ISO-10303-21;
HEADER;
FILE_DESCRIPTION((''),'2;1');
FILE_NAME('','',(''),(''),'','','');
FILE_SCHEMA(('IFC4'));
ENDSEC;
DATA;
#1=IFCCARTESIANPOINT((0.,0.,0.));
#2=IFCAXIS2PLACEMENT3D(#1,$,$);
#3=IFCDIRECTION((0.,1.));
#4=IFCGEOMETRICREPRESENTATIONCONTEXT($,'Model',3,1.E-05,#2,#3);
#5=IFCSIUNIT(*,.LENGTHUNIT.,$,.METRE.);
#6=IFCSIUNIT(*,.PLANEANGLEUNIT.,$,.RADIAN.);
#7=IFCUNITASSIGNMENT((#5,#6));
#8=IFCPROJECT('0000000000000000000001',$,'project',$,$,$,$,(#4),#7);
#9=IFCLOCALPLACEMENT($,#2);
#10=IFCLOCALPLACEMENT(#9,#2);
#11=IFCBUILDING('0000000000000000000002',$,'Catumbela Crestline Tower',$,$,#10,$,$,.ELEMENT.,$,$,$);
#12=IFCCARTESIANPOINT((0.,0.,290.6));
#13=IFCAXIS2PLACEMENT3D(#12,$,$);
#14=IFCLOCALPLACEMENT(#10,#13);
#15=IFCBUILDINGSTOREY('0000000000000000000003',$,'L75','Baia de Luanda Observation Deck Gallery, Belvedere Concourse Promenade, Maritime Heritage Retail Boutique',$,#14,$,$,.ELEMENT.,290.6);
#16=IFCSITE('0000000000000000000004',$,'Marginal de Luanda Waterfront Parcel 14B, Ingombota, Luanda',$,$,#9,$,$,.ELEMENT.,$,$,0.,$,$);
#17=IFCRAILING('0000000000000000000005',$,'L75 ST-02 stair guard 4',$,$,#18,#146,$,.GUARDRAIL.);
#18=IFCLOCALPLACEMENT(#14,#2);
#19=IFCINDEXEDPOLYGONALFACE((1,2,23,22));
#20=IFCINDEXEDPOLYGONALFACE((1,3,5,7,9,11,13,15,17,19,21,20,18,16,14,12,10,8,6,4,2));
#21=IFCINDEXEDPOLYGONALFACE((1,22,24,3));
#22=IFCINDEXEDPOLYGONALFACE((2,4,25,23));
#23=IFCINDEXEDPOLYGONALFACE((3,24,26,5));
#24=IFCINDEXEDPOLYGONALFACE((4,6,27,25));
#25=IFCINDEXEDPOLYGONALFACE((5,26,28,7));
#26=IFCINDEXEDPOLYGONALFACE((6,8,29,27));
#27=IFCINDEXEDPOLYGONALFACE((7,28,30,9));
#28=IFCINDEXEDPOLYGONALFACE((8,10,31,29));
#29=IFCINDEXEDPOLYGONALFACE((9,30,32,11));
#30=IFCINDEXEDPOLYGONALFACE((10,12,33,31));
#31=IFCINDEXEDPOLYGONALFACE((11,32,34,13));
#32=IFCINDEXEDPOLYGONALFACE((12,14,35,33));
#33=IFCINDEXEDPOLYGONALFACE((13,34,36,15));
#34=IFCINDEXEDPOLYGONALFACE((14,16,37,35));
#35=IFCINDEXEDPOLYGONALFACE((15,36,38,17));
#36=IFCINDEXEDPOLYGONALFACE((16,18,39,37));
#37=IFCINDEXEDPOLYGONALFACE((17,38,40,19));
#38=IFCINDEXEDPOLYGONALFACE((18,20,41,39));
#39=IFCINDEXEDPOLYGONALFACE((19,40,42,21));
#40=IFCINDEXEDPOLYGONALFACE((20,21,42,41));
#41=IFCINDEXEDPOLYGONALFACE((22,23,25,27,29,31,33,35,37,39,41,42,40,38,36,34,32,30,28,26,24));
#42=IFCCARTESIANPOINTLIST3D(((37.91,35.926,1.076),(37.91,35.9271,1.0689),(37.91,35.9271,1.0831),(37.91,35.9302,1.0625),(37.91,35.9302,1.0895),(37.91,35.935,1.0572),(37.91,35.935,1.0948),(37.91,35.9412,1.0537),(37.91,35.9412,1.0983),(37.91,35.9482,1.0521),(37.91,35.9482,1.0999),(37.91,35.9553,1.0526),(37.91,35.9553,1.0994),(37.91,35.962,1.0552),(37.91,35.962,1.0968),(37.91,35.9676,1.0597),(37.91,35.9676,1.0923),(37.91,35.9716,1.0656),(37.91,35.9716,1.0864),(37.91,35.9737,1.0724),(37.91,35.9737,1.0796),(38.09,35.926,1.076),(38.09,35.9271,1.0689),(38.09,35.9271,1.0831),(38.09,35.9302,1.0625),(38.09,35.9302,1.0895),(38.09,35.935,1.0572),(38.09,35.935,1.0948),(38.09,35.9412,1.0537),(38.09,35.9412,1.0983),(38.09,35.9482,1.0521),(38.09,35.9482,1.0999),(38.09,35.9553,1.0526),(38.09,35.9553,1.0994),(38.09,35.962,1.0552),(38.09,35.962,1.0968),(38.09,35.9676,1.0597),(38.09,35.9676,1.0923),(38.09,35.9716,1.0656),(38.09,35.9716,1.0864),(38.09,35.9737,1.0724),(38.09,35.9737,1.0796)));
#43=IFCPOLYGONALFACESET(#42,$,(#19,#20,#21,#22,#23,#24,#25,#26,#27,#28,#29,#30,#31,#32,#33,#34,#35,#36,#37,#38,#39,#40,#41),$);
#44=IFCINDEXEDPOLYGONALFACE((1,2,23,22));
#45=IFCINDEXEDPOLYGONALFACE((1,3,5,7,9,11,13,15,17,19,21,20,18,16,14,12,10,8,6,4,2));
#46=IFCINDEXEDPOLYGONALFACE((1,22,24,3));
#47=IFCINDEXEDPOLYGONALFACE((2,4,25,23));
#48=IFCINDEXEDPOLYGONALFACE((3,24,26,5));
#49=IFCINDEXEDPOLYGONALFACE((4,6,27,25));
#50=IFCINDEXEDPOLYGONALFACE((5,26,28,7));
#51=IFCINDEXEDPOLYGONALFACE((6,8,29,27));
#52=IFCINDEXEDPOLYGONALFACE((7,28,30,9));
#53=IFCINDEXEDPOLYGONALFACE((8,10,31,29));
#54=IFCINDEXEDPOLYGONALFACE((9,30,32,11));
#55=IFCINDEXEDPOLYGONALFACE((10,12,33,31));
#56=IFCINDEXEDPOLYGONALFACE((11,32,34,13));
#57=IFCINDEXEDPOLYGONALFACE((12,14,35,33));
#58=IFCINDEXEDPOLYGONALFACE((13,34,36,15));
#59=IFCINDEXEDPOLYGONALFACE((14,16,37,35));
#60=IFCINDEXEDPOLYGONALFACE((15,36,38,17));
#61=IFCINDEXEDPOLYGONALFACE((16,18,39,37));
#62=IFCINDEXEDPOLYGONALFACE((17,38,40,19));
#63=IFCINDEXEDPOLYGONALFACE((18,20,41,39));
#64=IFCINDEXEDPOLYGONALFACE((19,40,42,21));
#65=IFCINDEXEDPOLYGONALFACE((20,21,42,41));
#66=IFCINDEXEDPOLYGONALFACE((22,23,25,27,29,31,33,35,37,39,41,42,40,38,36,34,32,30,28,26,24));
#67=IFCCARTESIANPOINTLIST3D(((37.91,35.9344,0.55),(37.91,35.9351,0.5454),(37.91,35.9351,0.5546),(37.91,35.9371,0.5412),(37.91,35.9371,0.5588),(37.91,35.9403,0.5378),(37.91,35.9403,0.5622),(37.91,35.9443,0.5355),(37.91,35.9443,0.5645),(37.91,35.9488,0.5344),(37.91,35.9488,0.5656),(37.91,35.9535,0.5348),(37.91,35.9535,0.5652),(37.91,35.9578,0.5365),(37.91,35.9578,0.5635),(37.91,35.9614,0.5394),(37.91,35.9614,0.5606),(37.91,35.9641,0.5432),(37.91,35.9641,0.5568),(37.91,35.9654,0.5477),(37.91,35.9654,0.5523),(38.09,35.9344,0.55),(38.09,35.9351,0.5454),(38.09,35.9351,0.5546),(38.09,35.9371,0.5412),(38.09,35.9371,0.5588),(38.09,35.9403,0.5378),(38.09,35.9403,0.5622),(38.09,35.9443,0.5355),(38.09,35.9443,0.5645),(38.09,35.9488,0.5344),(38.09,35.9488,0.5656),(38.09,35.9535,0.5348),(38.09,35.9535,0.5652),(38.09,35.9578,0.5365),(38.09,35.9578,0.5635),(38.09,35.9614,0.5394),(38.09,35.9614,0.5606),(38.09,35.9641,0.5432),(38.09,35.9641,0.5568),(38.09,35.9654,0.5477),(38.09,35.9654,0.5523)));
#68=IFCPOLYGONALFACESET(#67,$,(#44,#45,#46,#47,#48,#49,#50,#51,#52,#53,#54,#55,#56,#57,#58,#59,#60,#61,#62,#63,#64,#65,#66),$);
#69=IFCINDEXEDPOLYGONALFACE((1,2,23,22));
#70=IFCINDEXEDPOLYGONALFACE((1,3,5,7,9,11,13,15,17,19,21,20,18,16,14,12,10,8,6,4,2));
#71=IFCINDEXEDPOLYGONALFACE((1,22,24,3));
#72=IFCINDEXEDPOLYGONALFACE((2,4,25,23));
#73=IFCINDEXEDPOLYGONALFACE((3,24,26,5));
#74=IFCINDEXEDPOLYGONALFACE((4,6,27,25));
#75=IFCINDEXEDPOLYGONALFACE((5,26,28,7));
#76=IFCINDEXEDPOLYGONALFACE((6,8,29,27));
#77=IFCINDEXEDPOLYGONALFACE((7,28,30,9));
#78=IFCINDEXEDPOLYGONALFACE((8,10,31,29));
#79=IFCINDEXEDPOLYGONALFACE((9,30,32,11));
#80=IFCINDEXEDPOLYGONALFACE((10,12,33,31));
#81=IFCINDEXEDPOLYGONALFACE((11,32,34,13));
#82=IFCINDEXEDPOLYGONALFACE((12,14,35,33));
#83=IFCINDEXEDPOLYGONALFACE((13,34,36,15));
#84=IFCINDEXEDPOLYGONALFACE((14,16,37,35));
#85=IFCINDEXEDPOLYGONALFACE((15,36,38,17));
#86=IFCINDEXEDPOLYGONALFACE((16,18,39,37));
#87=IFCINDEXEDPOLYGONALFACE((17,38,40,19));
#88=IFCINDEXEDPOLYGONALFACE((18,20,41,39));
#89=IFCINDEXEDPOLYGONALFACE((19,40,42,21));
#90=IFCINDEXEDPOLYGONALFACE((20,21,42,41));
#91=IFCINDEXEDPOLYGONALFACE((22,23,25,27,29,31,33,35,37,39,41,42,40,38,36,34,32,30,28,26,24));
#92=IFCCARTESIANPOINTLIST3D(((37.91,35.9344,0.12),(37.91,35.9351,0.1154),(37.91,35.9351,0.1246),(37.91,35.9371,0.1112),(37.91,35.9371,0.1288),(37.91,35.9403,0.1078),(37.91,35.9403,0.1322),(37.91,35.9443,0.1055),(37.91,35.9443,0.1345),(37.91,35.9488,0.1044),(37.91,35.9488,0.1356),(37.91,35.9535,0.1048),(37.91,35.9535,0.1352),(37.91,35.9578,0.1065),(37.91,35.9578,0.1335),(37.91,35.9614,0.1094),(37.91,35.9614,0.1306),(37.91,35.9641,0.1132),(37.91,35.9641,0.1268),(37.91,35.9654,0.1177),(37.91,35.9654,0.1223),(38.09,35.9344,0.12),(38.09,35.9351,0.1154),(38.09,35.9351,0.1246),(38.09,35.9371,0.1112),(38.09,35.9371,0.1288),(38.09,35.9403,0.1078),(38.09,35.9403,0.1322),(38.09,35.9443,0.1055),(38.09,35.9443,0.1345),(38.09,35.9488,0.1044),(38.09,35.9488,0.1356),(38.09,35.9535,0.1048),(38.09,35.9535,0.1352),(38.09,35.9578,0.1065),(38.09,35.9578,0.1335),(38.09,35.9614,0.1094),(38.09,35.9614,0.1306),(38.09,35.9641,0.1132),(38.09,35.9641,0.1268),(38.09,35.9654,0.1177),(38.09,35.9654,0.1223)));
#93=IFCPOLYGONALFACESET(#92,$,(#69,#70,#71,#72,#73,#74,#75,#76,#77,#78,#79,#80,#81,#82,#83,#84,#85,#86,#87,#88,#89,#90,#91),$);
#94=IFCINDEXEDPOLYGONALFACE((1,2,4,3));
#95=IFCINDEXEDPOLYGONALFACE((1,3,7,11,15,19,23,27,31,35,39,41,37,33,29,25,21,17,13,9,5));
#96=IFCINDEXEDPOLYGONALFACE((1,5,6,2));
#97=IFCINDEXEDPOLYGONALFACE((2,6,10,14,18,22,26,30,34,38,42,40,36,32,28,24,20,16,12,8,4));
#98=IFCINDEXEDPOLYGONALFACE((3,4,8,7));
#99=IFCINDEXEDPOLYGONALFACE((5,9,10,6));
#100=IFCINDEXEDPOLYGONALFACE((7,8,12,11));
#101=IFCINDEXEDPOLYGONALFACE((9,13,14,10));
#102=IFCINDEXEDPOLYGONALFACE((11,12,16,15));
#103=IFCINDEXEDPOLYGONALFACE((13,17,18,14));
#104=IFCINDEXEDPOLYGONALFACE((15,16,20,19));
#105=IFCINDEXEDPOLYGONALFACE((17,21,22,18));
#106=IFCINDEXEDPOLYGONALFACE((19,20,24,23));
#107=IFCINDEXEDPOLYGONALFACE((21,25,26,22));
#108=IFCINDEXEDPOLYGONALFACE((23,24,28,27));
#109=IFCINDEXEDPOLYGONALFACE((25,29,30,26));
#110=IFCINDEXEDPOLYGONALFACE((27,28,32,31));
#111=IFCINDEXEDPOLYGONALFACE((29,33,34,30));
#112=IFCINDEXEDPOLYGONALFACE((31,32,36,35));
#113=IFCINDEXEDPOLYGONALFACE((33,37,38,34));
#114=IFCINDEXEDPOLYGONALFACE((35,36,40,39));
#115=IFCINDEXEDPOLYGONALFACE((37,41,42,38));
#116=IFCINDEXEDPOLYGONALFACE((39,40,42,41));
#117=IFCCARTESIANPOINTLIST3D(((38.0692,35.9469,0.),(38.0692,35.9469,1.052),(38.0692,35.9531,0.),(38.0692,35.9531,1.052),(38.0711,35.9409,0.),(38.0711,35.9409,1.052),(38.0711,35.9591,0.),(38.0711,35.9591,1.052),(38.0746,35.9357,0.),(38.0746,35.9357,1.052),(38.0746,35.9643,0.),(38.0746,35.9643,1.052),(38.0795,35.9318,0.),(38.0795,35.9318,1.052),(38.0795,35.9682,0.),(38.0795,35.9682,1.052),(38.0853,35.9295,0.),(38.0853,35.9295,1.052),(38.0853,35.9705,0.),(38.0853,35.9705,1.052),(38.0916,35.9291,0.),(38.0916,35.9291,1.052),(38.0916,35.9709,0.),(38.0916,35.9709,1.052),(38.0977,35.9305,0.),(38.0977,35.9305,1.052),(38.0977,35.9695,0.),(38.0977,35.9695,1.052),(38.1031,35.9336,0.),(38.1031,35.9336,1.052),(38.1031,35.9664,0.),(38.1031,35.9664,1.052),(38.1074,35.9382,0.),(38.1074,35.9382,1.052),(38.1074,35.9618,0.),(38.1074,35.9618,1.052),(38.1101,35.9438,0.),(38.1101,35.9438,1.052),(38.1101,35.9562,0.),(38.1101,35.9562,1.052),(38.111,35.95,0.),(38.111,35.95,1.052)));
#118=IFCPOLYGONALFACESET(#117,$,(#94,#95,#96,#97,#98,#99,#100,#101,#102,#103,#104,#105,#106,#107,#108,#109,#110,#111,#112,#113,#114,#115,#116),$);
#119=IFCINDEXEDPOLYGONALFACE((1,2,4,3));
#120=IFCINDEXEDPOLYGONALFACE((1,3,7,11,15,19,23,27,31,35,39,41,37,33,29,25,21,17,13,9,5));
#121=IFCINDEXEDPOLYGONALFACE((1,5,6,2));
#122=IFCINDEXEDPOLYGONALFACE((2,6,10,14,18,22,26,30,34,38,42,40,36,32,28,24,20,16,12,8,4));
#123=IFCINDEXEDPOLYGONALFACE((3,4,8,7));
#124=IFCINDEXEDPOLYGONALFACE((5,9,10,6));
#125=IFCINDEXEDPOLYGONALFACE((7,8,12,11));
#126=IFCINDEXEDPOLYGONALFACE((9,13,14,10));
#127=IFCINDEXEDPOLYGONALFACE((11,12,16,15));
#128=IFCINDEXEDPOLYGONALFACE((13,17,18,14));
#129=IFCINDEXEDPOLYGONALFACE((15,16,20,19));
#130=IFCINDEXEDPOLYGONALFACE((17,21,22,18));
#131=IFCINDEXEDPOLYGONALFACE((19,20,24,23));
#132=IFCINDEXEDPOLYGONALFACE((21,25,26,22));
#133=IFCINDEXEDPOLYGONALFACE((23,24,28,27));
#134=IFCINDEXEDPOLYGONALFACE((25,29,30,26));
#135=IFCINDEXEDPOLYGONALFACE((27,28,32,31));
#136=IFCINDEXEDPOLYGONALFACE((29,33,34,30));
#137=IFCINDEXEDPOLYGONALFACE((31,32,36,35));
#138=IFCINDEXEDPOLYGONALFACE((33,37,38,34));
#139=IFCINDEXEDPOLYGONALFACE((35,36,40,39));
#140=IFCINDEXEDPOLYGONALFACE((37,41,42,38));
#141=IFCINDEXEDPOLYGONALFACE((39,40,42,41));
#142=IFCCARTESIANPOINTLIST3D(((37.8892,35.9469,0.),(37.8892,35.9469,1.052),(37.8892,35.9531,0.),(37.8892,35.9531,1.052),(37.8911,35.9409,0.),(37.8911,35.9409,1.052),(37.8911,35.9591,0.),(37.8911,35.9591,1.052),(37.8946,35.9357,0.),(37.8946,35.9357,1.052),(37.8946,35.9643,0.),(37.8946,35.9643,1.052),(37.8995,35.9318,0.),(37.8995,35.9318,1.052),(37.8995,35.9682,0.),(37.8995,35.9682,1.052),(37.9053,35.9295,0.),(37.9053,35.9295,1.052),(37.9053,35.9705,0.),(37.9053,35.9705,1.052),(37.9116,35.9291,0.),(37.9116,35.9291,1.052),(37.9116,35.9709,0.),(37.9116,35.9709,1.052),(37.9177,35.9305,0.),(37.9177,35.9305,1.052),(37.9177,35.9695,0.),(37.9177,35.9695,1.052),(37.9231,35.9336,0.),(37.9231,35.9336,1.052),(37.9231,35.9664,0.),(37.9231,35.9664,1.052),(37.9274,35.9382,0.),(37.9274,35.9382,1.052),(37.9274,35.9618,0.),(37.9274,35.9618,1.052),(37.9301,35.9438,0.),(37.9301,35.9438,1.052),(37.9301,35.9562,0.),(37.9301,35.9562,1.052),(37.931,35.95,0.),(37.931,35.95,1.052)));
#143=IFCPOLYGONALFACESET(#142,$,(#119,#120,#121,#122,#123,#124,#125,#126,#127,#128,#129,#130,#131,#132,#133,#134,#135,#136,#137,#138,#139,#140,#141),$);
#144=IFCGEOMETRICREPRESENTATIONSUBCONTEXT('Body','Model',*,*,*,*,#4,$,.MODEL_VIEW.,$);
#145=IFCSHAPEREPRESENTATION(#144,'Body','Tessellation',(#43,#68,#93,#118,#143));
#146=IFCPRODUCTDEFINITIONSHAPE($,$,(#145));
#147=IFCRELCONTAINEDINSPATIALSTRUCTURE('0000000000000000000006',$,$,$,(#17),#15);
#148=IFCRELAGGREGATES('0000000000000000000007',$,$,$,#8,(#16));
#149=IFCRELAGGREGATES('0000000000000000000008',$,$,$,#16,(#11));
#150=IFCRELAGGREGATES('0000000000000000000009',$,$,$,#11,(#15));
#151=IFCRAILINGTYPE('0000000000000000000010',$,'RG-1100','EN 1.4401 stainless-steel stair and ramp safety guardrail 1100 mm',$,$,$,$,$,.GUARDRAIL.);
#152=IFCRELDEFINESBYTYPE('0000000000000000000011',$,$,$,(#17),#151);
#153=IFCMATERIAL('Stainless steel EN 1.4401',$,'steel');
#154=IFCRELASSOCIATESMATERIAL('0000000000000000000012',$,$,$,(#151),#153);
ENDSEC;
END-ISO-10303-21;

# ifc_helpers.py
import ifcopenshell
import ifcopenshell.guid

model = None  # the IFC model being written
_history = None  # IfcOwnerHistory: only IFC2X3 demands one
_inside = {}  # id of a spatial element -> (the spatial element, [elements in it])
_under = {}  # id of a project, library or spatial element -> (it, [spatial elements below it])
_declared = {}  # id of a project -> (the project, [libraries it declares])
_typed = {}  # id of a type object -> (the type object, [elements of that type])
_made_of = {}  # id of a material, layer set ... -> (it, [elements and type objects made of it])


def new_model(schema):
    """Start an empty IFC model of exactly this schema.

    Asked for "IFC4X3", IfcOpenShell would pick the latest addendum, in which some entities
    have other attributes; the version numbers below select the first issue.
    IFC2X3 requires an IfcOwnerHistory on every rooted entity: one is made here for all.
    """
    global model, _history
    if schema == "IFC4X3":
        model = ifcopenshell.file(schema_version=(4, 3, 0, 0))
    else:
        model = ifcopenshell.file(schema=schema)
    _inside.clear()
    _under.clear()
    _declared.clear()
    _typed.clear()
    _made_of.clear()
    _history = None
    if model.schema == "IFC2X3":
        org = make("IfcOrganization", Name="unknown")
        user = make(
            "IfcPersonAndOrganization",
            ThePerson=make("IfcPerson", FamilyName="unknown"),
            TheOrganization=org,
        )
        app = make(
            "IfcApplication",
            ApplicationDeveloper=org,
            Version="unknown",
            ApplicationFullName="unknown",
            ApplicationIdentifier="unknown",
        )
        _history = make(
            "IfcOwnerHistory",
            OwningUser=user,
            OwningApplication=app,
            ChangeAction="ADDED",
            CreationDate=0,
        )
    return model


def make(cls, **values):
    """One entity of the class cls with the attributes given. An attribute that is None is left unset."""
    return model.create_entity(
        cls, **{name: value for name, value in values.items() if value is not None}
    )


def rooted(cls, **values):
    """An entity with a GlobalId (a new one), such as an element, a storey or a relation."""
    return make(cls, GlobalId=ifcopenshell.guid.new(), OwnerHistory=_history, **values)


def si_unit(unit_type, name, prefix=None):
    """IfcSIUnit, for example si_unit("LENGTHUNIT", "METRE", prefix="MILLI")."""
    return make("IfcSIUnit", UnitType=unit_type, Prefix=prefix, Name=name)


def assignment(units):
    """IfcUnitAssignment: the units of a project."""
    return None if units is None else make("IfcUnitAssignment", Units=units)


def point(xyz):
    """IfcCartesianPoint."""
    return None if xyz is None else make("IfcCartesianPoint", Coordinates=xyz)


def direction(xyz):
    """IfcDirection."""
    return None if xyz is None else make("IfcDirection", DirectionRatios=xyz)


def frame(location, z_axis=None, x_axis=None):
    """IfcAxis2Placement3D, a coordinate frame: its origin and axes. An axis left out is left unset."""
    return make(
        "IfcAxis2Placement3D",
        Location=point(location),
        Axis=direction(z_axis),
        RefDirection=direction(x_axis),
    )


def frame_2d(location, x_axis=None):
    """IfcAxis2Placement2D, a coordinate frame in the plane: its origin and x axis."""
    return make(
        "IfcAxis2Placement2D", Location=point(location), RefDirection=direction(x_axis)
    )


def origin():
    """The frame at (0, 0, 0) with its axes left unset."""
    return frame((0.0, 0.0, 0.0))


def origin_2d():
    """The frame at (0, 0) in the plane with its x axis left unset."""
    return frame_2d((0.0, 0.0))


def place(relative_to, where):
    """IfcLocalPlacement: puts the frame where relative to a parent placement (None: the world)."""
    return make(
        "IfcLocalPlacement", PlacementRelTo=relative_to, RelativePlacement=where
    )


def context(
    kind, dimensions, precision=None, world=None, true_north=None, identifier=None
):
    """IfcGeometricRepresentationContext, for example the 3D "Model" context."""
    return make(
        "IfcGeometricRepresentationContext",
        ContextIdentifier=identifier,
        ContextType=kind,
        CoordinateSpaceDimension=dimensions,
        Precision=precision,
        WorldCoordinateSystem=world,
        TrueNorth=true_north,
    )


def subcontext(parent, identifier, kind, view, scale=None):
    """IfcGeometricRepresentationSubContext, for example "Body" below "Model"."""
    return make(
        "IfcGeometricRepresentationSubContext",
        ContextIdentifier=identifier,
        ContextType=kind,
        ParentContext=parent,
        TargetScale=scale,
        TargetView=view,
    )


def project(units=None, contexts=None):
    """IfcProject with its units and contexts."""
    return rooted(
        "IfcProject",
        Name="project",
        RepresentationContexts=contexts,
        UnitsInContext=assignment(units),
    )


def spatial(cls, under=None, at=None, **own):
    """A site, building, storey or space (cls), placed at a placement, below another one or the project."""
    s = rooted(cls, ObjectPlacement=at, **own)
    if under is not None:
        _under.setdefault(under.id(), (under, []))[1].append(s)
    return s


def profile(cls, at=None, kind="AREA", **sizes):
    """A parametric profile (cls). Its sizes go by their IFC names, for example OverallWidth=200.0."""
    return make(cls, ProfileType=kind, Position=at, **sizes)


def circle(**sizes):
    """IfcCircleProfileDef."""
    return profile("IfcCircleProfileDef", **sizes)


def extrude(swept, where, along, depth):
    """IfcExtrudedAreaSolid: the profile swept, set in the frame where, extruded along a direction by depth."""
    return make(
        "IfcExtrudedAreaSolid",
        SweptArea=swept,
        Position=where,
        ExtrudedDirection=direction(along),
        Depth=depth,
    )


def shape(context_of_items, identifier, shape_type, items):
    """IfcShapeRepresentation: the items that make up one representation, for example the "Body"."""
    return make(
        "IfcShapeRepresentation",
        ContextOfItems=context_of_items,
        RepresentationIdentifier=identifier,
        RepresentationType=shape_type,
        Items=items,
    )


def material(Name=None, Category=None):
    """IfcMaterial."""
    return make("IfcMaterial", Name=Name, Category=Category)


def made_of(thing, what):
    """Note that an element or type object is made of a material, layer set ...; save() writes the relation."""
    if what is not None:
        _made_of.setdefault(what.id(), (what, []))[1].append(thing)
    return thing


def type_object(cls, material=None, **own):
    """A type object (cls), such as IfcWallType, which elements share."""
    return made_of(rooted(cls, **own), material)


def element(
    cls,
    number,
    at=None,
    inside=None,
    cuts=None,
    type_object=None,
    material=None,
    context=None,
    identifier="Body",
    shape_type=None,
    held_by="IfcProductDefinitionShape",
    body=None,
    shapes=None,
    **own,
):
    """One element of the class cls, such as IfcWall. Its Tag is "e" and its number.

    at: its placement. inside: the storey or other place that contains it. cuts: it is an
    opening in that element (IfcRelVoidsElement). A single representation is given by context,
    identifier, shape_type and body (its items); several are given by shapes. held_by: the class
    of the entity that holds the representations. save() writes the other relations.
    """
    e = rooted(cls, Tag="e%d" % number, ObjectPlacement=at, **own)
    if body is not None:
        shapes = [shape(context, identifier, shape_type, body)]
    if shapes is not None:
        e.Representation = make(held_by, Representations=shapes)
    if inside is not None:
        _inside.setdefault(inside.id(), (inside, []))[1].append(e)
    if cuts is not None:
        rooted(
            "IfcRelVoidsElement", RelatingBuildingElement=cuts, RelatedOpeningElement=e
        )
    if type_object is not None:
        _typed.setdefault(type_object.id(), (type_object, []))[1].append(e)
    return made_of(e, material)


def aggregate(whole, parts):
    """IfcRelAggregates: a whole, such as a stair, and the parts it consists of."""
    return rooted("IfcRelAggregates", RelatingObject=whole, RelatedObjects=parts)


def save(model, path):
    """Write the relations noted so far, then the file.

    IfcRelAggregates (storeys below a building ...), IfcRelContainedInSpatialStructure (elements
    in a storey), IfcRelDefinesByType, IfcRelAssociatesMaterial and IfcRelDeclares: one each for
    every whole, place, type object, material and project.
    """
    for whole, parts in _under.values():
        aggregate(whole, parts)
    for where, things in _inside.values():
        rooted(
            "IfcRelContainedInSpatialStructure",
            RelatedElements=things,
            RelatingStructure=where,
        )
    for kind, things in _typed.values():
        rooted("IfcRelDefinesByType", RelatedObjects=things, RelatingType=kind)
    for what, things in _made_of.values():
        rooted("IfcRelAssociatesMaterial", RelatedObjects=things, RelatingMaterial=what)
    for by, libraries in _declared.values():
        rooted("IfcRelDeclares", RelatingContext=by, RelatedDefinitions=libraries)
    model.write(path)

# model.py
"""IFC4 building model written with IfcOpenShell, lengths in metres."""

from ifc_helpers import new_model, si_unit, direction, frame, origin, origin_2d, place, context, subcontext, project, spatial, circle, extrude, material, type_object, element, save


model = new_model("IFC4")

# Units and contexts
model_context = context("Model", 3, precision=1e-05, world=origin(), true_north=direction((0.0, 1.0)))
body_context = subcontext(model_context, "Body", "Model", "MODEL_VIEW")
ifc_project = project(units=[si_unit("LENGTHUNIT", "METRE"), si_unit("PLANEANGLEUNIT", "RADIAN")], contexts=[model_context])

# Site, building, storey
site_placement = place(None, origin())
site = spatial("IfcSite", under=ifc_project, at=site_placement, Name="Marginal de Luanda Waterfront Parcel 14B, Ingombota, Luanda", CompositionType="ELEMENT", RefElevation=0.0)
building_placement = place(site_placement, origin())
building = spatial("IfcBuilding", under=site, at=building_placement, Name="Catumbela Crestline Tower", CompositionType="ELEMENT")
storey_placement = place(building_placement, frame((0.0, 0.0, 290.6)))
storey = spatial("IfcBuildingStorey", under=building, at=storey_placement, Name="L75", Description="Baia de Luanda Observation Deck Gallery, Belvedere Concourse Promenade, Maritime Heritage Retail Boutique", CompositionType="ELEMENT", Elevation=290.6)

# Railing
ifc_material_1 = material(Name="Stainless steel EN 1.4401", Category="steel")
railing_type_1 = type_object("IfcRailingType", Name="RG-1100", Description="EN 1.4401 stainless-steel stair and ramp safety guardrail 1100 mm", PredefinedType="GUARDRAIL", material=ifc_material_1)
railing_1_placement = place(storey_placement, frame((38.09, 35.95, 0.0)))
element("IfcRailing", 1, at=railing_1_placement, inside=storey, type_object=railing_type_1, Name="L75 ST-02 stair guard 4", PredefinedType="GUARDRAIL", context=body_context, shape_type="SweptSolid", body=[
    extrude(circle(Radius=0.024, at=origin_2d()), frame((0.0, 0.0, 1.076), z_axis=(-1.0, 0.0, 0.0), x_axis=(0.0, -1.0, 0.0)), (0.0, 0.0, 1.0), 0.18),
    extrude(circle(Radius=0.0156, at=origin_2d()), frame((0.0, 0.0, 0.55), z_axis=(-1.0, 0.0, 0.0), x_axis=(0.0, -1.0, 0.0)), (0.0, 0.0, 1.0), 0.18),
    extrude(circle(Radius=0.0156, at=origin_2d()), frame((0.0, 0.0, 0.12), z_axis=(-1.0, 0.0, 0.0), x_axis=(0.0, -1.0, 0.0)), (0.0, 0.0, 1.0), 0.18),
    extrude(circle(Radius=0.021, at=origin_2d()), origin(), (0.0, 0.0, 1.0), 1.052),
    extrude(circle(Radius=0.021, at=origin_2d()), frame((-0.18, 0.0, 0.0)), (0.0, 0.0, 1.0), 1.052),
])

save(model, "model.ifc")
